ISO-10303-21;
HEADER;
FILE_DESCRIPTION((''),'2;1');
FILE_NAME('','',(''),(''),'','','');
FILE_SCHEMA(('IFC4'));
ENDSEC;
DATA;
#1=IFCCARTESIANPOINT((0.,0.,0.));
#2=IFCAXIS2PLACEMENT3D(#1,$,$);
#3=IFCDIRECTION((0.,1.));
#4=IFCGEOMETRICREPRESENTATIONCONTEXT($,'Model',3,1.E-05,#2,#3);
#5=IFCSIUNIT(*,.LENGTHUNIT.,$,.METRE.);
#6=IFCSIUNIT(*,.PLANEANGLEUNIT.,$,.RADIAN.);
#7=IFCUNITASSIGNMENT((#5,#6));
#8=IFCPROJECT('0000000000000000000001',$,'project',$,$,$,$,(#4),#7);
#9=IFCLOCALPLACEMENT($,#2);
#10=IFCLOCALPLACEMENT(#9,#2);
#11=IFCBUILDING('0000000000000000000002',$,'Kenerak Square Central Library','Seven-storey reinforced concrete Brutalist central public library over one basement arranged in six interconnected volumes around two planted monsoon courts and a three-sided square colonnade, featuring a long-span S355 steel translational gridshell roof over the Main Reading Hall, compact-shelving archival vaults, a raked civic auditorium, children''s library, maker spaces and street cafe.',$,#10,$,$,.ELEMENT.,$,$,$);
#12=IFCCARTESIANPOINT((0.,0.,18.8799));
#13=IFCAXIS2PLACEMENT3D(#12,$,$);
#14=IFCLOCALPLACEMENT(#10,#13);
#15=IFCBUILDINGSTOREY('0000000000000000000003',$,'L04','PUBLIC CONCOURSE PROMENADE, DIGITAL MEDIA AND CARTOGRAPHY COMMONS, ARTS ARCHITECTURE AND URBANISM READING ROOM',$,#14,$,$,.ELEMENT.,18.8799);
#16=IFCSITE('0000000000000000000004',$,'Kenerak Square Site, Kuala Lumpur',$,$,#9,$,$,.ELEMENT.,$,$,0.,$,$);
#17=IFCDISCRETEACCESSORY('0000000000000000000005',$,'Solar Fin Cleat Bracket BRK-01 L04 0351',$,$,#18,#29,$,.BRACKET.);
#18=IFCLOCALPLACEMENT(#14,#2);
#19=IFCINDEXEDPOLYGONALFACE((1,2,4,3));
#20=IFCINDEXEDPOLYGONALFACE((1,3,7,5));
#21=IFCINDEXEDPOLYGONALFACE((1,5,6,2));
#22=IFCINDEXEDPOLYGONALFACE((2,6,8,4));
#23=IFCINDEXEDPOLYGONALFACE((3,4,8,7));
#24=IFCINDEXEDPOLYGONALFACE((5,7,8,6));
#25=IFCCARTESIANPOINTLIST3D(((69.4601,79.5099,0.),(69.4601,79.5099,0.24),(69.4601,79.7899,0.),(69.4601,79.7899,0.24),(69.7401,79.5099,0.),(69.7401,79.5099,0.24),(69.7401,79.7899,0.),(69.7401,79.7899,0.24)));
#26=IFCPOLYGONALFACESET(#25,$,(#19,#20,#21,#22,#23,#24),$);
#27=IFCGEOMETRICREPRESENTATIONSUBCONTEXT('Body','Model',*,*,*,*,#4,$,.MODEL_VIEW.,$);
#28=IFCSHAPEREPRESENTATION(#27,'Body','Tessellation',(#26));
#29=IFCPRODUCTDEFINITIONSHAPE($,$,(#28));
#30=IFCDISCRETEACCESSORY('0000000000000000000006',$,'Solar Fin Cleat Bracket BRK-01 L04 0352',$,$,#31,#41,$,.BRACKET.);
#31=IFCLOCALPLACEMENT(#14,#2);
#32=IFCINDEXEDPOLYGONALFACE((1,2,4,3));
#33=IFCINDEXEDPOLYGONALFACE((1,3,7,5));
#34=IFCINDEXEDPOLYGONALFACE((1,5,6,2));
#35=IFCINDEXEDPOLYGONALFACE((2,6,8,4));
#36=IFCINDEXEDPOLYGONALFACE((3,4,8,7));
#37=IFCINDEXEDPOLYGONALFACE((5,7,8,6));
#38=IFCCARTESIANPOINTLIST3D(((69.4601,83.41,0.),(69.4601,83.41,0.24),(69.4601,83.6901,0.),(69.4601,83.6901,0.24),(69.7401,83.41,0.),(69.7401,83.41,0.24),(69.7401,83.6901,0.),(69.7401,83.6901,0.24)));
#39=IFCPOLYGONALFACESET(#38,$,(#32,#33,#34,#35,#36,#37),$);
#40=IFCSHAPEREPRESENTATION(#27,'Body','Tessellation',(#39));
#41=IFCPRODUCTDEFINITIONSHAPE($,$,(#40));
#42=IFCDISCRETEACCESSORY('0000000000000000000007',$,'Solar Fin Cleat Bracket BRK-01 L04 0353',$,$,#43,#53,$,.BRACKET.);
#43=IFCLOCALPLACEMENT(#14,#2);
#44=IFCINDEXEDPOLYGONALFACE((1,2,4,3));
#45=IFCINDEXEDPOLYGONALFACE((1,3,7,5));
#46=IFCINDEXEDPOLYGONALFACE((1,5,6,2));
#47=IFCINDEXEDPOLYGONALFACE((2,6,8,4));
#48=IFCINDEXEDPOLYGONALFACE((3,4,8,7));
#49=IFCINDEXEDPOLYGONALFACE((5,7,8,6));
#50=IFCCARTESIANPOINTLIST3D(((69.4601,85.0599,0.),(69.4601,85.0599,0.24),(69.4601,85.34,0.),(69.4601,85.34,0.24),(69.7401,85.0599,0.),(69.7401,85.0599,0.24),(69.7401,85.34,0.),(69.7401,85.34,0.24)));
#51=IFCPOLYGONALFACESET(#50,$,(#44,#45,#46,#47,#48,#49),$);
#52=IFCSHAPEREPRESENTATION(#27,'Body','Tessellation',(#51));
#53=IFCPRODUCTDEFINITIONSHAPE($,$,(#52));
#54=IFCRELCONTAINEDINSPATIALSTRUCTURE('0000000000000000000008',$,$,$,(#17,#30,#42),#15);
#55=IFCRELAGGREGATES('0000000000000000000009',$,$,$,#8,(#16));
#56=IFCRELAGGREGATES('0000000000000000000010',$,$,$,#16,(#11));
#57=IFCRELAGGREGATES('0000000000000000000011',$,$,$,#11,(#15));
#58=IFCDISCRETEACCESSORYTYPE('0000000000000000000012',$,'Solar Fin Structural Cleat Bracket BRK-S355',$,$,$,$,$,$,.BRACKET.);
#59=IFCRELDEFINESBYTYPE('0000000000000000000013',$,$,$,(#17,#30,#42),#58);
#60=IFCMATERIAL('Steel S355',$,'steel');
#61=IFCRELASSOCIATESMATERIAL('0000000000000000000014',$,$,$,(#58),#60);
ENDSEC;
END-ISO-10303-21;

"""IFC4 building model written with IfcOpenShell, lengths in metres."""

from ifc_helpers import new_model, si_unit, direction, frame, origin, origin_2d, place, context, subcontext, project, spatial, rectangle, extrude, material, type_object, element, save


model = new_model("IFC4")

# Units and contexts
model_context = context("Model", 3, precision=1e-05, world=origin(), true_north=direction((0.0, 1.0)))
body_context = subcontext(model_context, "Body", "Model", "MODEL_VIEW")
ifc_project = project(units=[si_unit("LENGTHUNIT", "METRE"), si_unit("PLANEANGLEUNIT", "RADIAN")], contexts=[model_context])

# Site, building, storey
site_placement = place(None, origin())
site = spatial("IfcSite", under=ifc_project, at=site_placement, Name="Kenerak Square Site, Kuala Lumpur", CompositionType="ELEMENT", RefElevation=0.0)
building_placement = place(site_placement, origin())
building = spatial("IfcBuilding", under=site, at=building_placement, Name="Kenerak Square Central Library", Description="Seven-storey reinforced concrete Brutalist central public library over one basement arranged in six interconnected volumes around two planted monsoon courts and a three-sided square colonnade, featuring a long-span S355 steel translational gridshell roof over the Main Reading Hall, compact-shelving archival vaults, a raked civic auditorium, children's library, maker spaces and street cafe.", CompositionType="ELEMENT")
storey_placement = place(building_placement, frame((0.0, 0.0, 18.8799)))
storey = spatial("IfcBuildingStorey", under=building, at=storey_placement, Name="L04", Description="PUBLIC CONCOURSE PROMENADE, DIGITAL MEDIA AND CARTOGRAPHY COMMONS, ARTS ARCHITECTURE AND URBANISM READING ROOM", CompositionType="ELEMENT", Elevation=18.8799)

# Discrete accessories
ifc_material_1 = material(Name="Steel S355", Category="steel")
discrete_accessory_type = type_object("IfcDiscreteAccessoryType", Name="Solar Fin Structural Cleat Bracket BRK-S355", PredefinedType="BRACKET", material=ifc_material_1)
for number, where, z_axis, x_axis, name in (
    (1, (69.6001, 79.6499, 0.0), (0.0, 0.0, 1.0), (0.0, 1.0, 0.0), "Solar Fin Cleat Bracket BRK-01 L04 0351"),
    (2, (69.6001, 83.55, 0.0), (0.0, 0.0, 1.0), (0.0, 1.0, 0.0), "Solar Fin Cleat Bracket BRK-01 L04 0352"),
    (3, (69.6001, 85.2, 0.0), (0.0, 0.0, 1.0), (0.0, 1.0, 0.0), "Solar Fin Cleat Bracket BRK-01 L04 0353"),
):
    element("IfcDiscreteAccessory", number, at=place(storey_placement, frame(where, z_axis=z_axis, x_axis=x_axis)), inside=storey, type_object=discrete_accessory_type, Name=name, PredefinedType="BRACKET", context=body_context, shape_type="SweptSolid", body=[
        extrude(rectangle(XDim=0.28, YDim=0.28, at=origin_2d()), origin(), (0.0, 0.0, 1.0), 0.24),
    ])

save(model, "model.ifc")
